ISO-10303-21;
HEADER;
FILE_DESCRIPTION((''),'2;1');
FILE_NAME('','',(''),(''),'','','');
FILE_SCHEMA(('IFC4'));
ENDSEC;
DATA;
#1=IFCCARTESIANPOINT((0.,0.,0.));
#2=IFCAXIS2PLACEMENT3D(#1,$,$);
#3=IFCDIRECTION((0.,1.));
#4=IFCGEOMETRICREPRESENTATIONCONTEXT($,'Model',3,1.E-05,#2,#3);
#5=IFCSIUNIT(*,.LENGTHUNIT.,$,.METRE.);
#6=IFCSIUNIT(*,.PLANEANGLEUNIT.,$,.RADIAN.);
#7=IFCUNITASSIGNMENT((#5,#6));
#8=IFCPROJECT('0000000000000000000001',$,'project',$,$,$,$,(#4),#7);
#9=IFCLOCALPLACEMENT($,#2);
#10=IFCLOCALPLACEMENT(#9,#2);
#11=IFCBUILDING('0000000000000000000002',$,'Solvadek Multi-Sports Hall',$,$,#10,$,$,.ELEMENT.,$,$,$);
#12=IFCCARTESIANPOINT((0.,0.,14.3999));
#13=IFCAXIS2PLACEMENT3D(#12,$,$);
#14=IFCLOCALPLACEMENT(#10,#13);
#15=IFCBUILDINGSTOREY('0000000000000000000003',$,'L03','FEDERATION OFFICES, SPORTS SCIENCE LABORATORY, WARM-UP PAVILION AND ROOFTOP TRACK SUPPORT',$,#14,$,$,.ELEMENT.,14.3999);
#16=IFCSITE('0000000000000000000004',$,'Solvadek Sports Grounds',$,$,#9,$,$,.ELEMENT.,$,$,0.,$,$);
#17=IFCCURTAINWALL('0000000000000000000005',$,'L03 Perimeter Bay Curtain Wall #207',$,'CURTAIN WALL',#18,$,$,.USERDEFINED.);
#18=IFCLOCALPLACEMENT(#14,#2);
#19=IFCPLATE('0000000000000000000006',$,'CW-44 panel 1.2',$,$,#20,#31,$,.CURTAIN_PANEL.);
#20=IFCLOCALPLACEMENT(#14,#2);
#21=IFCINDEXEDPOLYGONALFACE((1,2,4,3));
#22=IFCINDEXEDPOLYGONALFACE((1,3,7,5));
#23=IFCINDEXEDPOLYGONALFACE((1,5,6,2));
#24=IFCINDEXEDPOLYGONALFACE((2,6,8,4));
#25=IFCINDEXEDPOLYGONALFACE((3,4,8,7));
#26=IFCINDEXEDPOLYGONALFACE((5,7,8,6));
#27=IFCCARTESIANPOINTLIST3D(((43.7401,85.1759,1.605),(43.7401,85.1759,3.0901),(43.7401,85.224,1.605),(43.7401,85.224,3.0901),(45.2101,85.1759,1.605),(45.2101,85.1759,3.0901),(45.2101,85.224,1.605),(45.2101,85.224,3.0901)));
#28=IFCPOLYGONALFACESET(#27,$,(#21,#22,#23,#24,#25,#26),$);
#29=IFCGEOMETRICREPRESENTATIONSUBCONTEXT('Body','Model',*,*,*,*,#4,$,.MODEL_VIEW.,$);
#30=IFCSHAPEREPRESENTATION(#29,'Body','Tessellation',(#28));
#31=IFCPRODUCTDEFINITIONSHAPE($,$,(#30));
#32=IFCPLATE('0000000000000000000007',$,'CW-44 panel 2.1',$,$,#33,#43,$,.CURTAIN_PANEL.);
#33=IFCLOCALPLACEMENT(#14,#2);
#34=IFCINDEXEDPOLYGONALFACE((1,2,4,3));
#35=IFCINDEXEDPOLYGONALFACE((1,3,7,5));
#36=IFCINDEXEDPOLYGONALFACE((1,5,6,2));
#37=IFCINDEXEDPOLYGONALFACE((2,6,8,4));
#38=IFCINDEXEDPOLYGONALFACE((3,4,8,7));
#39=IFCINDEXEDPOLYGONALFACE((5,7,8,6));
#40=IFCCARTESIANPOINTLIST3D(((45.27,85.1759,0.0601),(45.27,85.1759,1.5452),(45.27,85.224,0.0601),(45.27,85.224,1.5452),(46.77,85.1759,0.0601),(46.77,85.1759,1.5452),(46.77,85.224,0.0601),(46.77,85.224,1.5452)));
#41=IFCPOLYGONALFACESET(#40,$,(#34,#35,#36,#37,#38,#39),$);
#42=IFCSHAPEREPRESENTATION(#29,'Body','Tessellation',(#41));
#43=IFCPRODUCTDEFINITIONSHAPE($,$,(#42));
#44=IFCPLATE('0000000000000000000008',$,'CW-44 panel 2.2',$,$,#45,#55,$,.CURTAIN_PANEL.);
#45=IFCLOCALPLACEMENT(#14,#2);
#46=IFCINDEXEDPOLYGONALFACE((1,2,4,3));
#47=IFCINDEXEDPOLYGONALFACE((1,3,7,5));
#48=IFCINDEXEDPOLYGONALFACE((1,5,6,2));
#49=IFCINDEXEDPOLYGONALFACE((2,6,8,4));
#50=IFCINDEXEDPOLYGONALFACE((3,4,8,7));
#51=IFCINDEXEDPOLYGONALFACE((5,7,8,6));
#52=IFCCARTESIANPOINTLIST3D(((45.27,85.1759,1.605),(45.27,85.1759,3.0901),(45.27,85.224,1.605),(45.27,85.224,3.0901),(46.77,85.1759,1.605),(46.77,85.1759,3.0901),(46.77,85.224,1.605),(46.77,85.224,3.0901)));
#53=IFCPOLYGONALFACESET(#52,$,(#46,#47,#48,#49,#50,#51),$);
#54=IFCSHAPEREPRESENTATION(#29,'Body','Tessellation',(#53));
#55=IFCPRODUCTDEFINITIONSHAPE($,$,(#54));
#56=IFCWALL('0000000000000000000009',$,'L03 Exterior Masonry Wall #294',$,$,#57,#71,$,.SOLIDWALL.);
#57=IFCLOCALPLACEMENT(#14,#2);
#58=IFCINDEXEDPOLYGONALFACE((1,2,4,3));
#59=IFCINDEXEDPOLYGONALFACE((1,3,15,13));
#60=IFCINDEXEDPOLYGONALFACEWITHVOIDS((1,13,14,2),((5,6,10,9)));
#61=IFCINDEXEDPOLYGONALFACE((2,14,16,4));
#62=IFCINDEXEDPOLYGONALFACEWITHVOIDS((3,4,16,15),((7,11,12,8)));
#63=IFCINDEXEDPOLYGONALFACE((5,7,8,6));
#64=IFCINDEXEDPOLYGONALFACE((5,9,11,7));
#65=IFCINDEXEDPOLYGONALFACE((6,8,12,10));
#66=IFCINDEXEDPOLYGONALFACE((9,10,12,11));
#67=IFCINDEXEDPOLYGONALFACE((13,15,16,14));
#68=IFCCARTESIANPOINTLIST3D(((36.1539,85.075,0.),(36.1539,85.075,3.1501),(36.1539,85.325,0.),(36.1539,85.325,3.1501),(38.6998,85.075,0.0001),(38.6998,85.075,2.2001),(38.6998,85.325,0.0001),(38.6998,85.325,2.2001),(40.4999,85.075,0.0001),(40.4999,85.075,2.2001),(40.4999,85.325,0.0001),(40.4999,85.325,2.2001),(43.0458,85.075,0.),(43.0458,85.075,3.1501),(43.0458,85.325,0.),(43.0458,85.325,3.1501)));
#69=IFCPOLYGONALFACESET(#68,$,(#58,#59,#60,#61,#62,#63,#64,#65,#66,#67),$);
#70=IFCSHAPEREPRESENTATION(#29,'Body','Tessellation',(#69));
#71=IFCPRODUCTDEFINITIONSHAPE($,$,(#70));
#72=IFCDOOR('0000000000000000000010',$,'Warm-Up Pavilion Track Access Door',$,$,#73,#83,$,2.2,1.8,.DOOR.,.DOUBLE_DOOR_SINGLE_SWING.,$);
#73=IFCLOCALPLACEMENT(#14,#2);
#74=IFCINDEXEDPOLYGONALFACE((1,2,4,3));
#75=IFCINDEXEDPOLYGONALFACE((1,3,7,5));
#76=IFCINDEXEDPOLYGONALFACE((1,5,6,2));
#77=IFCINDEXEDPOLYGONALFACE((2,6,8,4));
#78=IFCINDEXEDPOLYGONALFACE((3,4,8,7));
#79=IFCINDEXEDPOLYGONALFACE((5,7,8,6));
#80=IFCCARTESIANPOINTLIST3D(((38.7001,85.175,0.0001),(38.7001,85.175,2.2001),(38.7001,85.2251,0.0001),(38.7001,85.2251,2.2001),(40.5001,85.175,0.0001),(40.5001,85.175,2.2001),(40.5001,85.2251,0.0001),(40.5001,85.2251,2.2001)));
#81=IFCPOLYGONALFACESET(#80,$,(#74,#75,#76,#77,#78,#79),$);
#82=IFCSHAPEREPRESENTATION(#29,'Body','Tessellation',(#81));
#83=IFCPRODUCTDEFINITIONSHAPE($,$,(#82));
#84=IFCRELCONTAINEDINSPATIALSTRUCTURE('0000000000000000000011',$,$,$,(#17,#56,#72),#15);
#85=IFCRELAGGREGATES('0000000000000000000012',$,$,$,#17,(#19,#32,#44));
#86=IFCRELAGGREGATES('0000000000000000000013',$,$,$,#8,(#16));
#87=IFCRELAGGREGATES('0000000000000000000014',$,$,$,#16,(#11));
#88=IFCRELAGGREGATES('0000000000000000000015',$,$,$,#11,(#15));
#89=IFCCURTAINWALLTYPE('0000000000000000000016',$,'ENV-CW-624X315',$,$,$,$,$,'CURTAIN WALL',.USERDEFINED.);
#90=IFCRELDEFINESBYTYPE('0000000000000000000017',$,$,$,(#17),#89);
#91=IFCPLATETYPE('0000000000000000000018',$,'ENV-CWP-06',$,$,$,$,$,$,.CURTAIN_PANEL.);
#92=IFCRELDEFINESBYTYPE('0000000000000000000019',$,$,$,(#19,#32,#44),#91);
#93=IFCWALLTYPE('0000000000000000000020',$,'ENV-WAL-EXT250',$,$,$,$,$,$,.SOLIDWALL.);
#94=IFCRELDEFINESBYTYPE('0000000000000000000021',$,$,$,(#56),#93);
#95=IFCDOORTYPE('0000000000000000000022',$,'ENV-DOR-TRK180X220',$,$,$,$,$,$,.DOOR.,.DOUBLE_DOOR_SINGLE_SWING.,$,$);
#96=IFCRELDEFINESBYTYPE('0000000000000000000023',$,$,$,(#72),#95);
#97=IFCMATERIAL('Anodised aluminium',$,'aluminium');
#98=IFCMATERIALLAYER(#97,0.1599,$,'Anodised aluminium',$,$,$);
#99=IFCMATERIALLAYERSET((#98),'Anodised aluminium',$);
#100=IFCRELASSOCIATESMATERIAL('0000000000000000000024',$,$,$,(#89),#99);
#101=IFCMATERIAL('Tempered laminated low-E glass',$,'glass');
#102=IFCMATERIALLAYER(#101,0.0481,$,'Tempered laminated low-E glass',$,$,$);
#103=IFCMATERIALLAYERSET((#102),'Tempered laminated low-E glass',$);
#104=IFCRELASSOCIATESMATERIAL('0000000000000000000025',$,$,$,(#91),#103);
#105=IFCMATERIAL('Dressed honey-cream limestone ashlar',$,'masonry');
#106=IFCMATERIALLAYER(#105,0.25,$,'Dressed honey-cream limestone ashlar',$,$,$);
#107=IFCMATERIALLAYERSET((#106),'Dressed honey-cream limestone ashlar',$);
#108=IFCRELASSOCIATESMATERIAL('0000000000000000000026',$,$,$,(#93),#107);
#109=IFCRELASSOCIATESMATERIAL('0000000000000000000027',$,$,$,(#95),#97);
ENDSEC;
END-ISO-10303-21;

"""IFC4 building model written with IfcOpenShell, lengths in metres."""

from ifc_helpers import new_model, si_unit, direction, frame, frame_2d, origin, origin_2d, place, context, subcontext, project, spatial, rectangle, extrude, material, layer, layer_set, type_object, element, fill, aggregate, save


model = new_model("IFC4")

# Units and contexts
model_context = context("Model", 3, precision=1e-05, world=origin(), true_north=direction((0.0, 1.0)))
body_context = subcontext(model_context, "Body", "Model", "MODEL_VIEW")
ifc_project = project(units=[si_unit("LENGTHUNIT", "METRE"), si_unit("PLANEANGLEUNIT", "RADIAN")], contexts=[model_context])

# Site, building, storey
site_placement = place(None, origin())
site = spatial("IfcSite", under=ifc_project, at=site_placement, Name="Solvadek Sports Grounds", CompositionType="ELEMENT", RefElevation=0.0)
building_placement = place(site_placement, origin())
building = spatial("IfcBuilding", under=site, at=building_placement, Name="Solvadek Multi-Sports Hall", CompositionType="ELEMENT")
storey_placement = place(building_placement, frame((0.0, 0.0, 14.3999)))
storey = spatial("IfcBuildingStorey", under=building, at=storey_placement, Name="L03", Description="FEDERATION OFFICES, SPORTS SCIENCE LABORATORY, WARM-UP PAVILION AND ROOFTOP TRACK SUPPORT", CompositionType="ELEMENT", Elevation=14.3999)

# Curtain wall
ifc_material_1 = material(Name="Anodised aluminium", Category="aluminium")
ifc_layer_1 = layer(ifc_material_1, 0.1599, Name="Anodised aluminium")
ifc_layer_set_1 = layer_set([ifc_layer_1], Name="Anodised aluminium")
curtain_wall_type = type_object("IfcCurtainWallType", Name="ENV-CW-624X315", ElementType="CURTAIN WALL", PredefinedType="USERDEFINED", material=ifc_layer_set_1)
curtain_wall_placement = place(storey_placement, origin())
curtain_wall = element("IfcCurtainWall", 1, at=curtain_wall_placement, inside=storey, type_object=curtain_wall_type, Name="L03 Perimeter Bay Curtain Wall #207", ObjectType="CURTAIN WALL", PredefinedType="USERDEFINED")

# Plates
ifc_material_2 = material(Name="Tempered laminated low-E glass", Category="glass")
ifc_layer_2 = layer(ifc_material_2, 0.0481, Name="Tempered laminated low-E glass")
ifc_layer_set_2 = layer_set([ifc_layer_2], Name="Tempered laminated low-E glass")
plate_type = type_object("IfcPlateType", Name="ENV-CWP-06", PredefinedType="CURTAIN_PANEL", material=ifc_layer_set_2)
plate_1_placement = place(storey_placement, frame((44.4751, 85.2, 1.605), z_axis=(0.0, 0.0, 1.0), x_axis=(1.0, 0.0, 0.0)))
plate_1 = element("IfcPlate", 2, at=plate_1_placement, type_object=plate_type, Name="CW-44 panel 1.2", PredefinedType="CURTAIN_PANEL", context=body_context, shape_type="SweptSolid", body=[
    extrude(rectangle(XDim=1.47, YDim=0.0481, at=origin_2d()), origin(), (0.0, 0.0, 1.0), 1.4851),
])
plate_2_placement = place(storey_placement, frame((46.02, 85.2, 0.0601), z_axis=(0.0, 0.0, 1.0), x_axis=(1.0, 0.0, 0.0)))
plate_2 = element("IfcPlate", 3, at=plate_2_placement, type_object=plate_type, Name="CW-44 panel 2.1", PredefinedType="CURTAIN_PANEL", context=body_context, shape_type="SweptSolid", body=[
    extrude(rectangle(XDim=1.5, YDim=0.0481, at=origin_2d()), origin(), (0.0, 0.0, 1.0), 1.4851),
])
plate_3_placement = place(storey_placement, frame((46.02, 85.2, 1.605), z_axis=(0.0, 0.0, 1.0), x_axis=(1.0, 0.0, 0.0)))
plate_3 = element("IfcPlate", 4, at=plate_3_placement, type_object=plate_type, Name="CW-44 panel 2.2", PredefinedType="CURTAIN_PANEL", context=body_context, shape_type="SweptSolid", body=[
    extrude(rectangle(XDim=1.5, YDim=0.0481, at=origin_2d()), origin(), (0.0, 0.0, 1.0), 1.4851),
])
aggregate(curtain_wall, [plate_1, plate_2, plate_3])

# Wall, opening, door
ifc_material_3 = material(Name="Dressed honey-cream limestone ashlar", Category="masonry")
ifc_layer_3 = layer(ifc_material_3, 0.25, Name="Dressed honey-cream limestone ashlar")
ifc_layer_set_3 = layer_set([ifc_layer_3], Name="Dressed honey-cream limestone ashlar")
wall_type = type_object("IfcWallType", Name="ENV-WAL-EXT250", PredefinedType="SOLIDWALL", material=ifc_layer_set_3)
wall_placement = place(storey_placement, frame((36.1541, 85.2, 0.0), z_axis=(0.0, 0.0, 1.0), x_axis=(1.0, 0.0, 0.0)))
wall = element("IfcWall", 5, at=wall_placement, inside=storey, type_object=wall_type, Name="L03 Exterior Masonry Wall #294", PredefinedType="SOLIDWALL", context=body_context, shape_type="SweptSolid", body=[
    extrude(rectangle(XDim=6.8918, YDim=0.25, at=frame_2d((3.4458, 0.0))), origin(), (0.0, 0.0, 1.0), 3.1501),
])
opening_placement = place(wall_placement, frame((2.5459, 0.0, 0.0)))
opening = element("IfcOpeningElement", 6, at=opening_placement, cuts=wall, PredefinedType="OPENING", context=body_context, shape_type="SweptSolid", body=[
    extrude(rectangle(XDim=1.8, YDim=2.2, at=frame_2d((0.8999, 1.1001))), frame((0.0, 0.135, 0.0), z_axis=(0.0, -1.0, 0.0), x_axis=(1.0, 0.0, 0.0)), (0.0, 0.0, 1.0), 0.27),
])
door_type = type_object("IfcDoorType", Name="ENV-DOR-TRK180X220", OperationType="DOUBLE_DOOR_SINGLE_SWING", PredefinedType="DOOR", material=ifc_material_1)
door_placement = place(opening_placement, frame((1.8, 0.0, 0.0), z_axis=(0.0, 0.0, 1.0), x_axis=(-1.0, 0.0, 0.0)))
door = element("IfcDoor", 7, at=door_placement, inside=storey, type_object=door_type, Name="Warm-Up Pavilion Track Access Door", OperationType="DOUBLE_DOOR_SINGLE_SWING", OverallHeight=2.2, OverallWidth=1.8, PredefinedType="DOOR", context=body_context, shape_type="SweptSolid", body=[
    extrude(rectangle(XDim=1.8, YDim=2.2, at=frame_2d((0.8999, 1.1001))), frame((0.0, 0.0249, 0.0), z_axis=(0.0, -1.0, 0.0), x_axis=(1.0, 0.0, 0.0)), (0.0, 0.0, 1.0), 0.05),
])
fill(opening, door)

save(model, "model.ifc")
